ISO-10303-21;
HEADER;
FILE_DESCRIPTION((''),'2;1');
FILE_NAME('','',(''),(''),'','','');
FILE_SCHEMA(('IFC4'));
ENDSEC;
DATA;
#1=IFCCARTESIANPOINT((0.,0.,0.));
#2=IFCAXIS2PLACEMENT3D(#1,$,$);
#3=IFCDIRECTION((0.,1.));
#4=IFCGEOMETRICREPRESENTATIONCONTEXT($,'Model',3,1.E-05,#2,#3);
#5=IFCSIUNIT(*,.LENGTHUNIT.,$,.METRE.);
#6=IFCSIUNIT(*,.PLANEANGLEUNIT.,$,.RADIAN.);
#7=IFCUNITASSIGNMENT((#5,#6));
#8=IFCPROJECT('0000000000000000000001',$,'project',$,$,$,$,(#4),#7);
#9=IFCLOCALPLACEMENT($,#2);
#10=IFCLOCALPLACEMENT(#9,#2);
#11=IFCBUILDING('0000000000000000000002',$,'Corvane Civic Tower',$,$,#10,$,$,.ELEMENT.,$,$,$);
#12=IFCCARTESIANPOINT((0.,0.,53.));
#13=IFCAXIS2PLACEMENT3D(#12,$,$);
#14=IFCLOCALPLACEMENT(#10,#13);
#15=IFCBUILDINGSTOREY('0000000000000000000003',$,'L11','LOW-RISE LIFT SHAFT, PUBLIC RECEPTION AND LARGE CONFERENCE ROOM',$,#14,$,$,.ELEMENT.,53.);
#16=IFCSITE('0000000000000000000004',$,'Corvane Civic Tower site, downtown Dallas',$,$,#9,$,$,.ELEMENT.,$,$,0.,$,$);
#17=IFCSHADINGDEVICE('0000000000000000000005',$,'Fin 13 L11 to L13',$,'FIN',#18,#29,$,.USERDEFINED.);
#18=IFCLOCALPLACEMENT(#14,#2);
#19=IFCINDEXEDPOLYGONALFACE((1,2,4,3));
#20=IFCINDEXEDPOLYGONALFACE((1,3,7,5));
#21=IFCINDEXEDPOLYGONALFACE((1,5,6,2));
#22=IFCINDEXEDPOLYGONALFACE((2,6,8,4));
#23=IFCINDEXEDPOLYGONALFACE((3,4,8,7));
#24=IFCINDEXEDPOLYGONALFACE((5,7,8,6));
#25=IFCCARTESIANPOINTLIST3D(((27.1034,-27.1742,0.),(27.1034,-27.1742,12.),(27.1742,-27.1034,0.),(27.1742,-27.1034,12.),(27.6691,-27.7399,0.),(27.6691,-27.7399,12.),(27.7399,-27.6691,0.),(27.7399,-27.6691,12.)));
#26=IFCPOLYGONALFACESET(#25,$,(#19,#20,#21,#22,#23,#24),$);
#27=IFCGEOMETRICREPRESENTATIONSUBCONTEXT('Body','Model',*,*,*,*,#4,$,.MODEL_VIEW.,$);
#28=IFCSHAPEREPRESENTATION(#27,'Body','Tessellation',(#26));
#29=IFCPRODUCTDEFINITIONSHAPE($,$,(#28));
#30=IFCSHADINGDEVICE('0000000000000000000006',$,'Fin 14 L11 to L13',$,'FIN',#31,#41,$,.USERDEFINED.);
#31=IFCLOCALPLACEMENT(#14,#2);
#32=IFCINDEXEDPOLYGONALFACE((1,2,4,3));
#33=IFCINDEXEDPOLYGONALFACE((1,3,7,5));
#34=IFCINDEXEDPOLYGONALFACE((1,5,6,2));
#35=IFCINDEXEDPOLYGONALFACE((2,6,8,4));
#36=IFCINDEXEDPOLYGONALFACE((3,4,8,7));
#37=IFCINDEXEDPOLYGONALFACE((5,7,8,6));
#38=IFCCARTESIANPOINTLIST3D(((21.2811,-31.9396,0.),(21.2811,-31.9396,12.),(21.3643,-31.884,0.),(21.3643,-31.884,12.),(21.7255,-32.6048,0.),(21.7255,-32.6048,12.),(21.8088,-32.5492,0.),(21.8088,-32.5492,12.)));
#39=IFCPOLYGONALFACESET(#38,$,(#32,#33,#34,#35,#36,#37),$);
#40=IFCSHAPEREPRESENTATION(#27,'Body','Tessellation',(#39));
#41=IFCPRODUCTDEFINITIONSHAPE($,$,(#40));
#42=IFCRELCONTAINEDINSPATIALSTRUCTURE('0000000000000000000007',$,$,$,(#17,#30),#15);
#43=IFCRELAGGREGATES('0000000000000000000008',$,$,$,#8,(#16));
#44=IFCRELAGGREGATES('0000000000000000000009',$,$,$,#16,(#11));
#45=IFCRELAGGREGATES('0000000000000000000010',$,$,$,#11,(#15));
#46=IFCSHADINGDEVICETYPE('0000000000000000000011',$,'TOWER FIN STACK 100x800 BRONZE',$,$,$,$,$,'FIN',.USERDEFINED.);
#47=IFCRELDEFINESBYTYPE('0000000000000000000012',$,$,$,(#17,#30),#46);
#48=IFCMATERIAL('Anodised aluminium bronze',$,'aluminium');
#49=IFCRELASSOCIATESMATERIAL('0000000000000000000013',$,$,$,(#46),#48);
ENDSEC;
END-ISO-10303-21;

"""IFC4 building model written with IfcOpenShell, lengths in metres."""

from ifc_helpers import new_model, si_unit, direction, frame, origin, origin_2d, place, context, subcontext, project, spatial, rectangle, extrude, material, material_profile, profile_set, type_object, element, save


model = new_model("IFC4")

# Units and contexts
model_context = context("Model", 3, precision=1e-05, world=origin(), true_north=direction((0.0, 1.0)))
body_context = subcontext(model_context, "Body", "Model", "MODEL_VIEW")
ifc_project = project(units=[si_unit("LENGTHUNIT", "METRE"), si_unit("PLANEANGLEUNIT", "RADIAN")], contexts=[model_context])

# Site, building, storey
site_placement = place(None, origin())
site = spatial("IfcSite", under=ifc_project, at=site_placement, Name="Corvane Civic Tower site, downtown Dallas", CompositionType="ELEMENT", RefElevation=0.0)
building_placement = place(site_placement, origin())
building = spatial("IfcBuilding", under=site, at=building_placement, Name="Corvane Civic Tower", CompositionType="ELEMENT")
storey_placement = place(building_placement, frame((0.0, 0.0, 53.0)))
storey = spatial("IfcBuildingStorey", under=building, at=storey_placement, Name="L11", Description="LOW-RISE LIFT SHAFT, PUBLIC RECEPTION AND LARGE CONFERENCE ROOM", CompositionType="ELEMENT", Elevation=53.0)

# Shading devices
ifc_material_1 = material(Name="Anodised aluminium bronze", Category="aluminium")
ifc_material_profile_1 = material_profile(ifc_material_1, rectangle(XDim=0.1001, YDim=0.8, at=origin_2d()), Name="TOWER FIN STACK 100x800 BRONZE")
ifc_profile_set_1 = profile_set([ifc_material_profile_1], Name="Anodised aluminium bronze")
shading_device_type = type_object("IfcShadingDeviceType", Name="TOWER FIN STACK 100x800 BRONZE", ElementType="FIN", PredefinedType="USERDEFINED", material=ifc_profile_set_1)
for number, where, z_axis, x_axis, name in (
    (1, (27.4216, -27.4216, 0.0), (0.0, 0.0, 1.0), (-0.707107, -0.707107, 0.0), "Fin 13 L11 to L13"),
    (2, (21.5449, -32.2444, 0.0), (0.0, 0.0, 1.0), (-0.83147, -0.55557, 0.0), "Fin 14 L11 to L13"),
):
    element("IfcShadingDevice", number, at=place(storey_placement, frame(where, z_axis=z_axis, x_axis=x_axis)), inside=storey, type_object=shading_device_type, Name=name, ObjectType="FIN", PredefinedType="USERDEFINED", context=body_context, shape_type="SweptSolid", body=[
        extrude(rectangle(XDim=0.1001, YDim=0.8, at=origin_2d()), origin(), (0.0, 0.0, 1.0), 12.0),
    ])

save(model, "model.ifc")
